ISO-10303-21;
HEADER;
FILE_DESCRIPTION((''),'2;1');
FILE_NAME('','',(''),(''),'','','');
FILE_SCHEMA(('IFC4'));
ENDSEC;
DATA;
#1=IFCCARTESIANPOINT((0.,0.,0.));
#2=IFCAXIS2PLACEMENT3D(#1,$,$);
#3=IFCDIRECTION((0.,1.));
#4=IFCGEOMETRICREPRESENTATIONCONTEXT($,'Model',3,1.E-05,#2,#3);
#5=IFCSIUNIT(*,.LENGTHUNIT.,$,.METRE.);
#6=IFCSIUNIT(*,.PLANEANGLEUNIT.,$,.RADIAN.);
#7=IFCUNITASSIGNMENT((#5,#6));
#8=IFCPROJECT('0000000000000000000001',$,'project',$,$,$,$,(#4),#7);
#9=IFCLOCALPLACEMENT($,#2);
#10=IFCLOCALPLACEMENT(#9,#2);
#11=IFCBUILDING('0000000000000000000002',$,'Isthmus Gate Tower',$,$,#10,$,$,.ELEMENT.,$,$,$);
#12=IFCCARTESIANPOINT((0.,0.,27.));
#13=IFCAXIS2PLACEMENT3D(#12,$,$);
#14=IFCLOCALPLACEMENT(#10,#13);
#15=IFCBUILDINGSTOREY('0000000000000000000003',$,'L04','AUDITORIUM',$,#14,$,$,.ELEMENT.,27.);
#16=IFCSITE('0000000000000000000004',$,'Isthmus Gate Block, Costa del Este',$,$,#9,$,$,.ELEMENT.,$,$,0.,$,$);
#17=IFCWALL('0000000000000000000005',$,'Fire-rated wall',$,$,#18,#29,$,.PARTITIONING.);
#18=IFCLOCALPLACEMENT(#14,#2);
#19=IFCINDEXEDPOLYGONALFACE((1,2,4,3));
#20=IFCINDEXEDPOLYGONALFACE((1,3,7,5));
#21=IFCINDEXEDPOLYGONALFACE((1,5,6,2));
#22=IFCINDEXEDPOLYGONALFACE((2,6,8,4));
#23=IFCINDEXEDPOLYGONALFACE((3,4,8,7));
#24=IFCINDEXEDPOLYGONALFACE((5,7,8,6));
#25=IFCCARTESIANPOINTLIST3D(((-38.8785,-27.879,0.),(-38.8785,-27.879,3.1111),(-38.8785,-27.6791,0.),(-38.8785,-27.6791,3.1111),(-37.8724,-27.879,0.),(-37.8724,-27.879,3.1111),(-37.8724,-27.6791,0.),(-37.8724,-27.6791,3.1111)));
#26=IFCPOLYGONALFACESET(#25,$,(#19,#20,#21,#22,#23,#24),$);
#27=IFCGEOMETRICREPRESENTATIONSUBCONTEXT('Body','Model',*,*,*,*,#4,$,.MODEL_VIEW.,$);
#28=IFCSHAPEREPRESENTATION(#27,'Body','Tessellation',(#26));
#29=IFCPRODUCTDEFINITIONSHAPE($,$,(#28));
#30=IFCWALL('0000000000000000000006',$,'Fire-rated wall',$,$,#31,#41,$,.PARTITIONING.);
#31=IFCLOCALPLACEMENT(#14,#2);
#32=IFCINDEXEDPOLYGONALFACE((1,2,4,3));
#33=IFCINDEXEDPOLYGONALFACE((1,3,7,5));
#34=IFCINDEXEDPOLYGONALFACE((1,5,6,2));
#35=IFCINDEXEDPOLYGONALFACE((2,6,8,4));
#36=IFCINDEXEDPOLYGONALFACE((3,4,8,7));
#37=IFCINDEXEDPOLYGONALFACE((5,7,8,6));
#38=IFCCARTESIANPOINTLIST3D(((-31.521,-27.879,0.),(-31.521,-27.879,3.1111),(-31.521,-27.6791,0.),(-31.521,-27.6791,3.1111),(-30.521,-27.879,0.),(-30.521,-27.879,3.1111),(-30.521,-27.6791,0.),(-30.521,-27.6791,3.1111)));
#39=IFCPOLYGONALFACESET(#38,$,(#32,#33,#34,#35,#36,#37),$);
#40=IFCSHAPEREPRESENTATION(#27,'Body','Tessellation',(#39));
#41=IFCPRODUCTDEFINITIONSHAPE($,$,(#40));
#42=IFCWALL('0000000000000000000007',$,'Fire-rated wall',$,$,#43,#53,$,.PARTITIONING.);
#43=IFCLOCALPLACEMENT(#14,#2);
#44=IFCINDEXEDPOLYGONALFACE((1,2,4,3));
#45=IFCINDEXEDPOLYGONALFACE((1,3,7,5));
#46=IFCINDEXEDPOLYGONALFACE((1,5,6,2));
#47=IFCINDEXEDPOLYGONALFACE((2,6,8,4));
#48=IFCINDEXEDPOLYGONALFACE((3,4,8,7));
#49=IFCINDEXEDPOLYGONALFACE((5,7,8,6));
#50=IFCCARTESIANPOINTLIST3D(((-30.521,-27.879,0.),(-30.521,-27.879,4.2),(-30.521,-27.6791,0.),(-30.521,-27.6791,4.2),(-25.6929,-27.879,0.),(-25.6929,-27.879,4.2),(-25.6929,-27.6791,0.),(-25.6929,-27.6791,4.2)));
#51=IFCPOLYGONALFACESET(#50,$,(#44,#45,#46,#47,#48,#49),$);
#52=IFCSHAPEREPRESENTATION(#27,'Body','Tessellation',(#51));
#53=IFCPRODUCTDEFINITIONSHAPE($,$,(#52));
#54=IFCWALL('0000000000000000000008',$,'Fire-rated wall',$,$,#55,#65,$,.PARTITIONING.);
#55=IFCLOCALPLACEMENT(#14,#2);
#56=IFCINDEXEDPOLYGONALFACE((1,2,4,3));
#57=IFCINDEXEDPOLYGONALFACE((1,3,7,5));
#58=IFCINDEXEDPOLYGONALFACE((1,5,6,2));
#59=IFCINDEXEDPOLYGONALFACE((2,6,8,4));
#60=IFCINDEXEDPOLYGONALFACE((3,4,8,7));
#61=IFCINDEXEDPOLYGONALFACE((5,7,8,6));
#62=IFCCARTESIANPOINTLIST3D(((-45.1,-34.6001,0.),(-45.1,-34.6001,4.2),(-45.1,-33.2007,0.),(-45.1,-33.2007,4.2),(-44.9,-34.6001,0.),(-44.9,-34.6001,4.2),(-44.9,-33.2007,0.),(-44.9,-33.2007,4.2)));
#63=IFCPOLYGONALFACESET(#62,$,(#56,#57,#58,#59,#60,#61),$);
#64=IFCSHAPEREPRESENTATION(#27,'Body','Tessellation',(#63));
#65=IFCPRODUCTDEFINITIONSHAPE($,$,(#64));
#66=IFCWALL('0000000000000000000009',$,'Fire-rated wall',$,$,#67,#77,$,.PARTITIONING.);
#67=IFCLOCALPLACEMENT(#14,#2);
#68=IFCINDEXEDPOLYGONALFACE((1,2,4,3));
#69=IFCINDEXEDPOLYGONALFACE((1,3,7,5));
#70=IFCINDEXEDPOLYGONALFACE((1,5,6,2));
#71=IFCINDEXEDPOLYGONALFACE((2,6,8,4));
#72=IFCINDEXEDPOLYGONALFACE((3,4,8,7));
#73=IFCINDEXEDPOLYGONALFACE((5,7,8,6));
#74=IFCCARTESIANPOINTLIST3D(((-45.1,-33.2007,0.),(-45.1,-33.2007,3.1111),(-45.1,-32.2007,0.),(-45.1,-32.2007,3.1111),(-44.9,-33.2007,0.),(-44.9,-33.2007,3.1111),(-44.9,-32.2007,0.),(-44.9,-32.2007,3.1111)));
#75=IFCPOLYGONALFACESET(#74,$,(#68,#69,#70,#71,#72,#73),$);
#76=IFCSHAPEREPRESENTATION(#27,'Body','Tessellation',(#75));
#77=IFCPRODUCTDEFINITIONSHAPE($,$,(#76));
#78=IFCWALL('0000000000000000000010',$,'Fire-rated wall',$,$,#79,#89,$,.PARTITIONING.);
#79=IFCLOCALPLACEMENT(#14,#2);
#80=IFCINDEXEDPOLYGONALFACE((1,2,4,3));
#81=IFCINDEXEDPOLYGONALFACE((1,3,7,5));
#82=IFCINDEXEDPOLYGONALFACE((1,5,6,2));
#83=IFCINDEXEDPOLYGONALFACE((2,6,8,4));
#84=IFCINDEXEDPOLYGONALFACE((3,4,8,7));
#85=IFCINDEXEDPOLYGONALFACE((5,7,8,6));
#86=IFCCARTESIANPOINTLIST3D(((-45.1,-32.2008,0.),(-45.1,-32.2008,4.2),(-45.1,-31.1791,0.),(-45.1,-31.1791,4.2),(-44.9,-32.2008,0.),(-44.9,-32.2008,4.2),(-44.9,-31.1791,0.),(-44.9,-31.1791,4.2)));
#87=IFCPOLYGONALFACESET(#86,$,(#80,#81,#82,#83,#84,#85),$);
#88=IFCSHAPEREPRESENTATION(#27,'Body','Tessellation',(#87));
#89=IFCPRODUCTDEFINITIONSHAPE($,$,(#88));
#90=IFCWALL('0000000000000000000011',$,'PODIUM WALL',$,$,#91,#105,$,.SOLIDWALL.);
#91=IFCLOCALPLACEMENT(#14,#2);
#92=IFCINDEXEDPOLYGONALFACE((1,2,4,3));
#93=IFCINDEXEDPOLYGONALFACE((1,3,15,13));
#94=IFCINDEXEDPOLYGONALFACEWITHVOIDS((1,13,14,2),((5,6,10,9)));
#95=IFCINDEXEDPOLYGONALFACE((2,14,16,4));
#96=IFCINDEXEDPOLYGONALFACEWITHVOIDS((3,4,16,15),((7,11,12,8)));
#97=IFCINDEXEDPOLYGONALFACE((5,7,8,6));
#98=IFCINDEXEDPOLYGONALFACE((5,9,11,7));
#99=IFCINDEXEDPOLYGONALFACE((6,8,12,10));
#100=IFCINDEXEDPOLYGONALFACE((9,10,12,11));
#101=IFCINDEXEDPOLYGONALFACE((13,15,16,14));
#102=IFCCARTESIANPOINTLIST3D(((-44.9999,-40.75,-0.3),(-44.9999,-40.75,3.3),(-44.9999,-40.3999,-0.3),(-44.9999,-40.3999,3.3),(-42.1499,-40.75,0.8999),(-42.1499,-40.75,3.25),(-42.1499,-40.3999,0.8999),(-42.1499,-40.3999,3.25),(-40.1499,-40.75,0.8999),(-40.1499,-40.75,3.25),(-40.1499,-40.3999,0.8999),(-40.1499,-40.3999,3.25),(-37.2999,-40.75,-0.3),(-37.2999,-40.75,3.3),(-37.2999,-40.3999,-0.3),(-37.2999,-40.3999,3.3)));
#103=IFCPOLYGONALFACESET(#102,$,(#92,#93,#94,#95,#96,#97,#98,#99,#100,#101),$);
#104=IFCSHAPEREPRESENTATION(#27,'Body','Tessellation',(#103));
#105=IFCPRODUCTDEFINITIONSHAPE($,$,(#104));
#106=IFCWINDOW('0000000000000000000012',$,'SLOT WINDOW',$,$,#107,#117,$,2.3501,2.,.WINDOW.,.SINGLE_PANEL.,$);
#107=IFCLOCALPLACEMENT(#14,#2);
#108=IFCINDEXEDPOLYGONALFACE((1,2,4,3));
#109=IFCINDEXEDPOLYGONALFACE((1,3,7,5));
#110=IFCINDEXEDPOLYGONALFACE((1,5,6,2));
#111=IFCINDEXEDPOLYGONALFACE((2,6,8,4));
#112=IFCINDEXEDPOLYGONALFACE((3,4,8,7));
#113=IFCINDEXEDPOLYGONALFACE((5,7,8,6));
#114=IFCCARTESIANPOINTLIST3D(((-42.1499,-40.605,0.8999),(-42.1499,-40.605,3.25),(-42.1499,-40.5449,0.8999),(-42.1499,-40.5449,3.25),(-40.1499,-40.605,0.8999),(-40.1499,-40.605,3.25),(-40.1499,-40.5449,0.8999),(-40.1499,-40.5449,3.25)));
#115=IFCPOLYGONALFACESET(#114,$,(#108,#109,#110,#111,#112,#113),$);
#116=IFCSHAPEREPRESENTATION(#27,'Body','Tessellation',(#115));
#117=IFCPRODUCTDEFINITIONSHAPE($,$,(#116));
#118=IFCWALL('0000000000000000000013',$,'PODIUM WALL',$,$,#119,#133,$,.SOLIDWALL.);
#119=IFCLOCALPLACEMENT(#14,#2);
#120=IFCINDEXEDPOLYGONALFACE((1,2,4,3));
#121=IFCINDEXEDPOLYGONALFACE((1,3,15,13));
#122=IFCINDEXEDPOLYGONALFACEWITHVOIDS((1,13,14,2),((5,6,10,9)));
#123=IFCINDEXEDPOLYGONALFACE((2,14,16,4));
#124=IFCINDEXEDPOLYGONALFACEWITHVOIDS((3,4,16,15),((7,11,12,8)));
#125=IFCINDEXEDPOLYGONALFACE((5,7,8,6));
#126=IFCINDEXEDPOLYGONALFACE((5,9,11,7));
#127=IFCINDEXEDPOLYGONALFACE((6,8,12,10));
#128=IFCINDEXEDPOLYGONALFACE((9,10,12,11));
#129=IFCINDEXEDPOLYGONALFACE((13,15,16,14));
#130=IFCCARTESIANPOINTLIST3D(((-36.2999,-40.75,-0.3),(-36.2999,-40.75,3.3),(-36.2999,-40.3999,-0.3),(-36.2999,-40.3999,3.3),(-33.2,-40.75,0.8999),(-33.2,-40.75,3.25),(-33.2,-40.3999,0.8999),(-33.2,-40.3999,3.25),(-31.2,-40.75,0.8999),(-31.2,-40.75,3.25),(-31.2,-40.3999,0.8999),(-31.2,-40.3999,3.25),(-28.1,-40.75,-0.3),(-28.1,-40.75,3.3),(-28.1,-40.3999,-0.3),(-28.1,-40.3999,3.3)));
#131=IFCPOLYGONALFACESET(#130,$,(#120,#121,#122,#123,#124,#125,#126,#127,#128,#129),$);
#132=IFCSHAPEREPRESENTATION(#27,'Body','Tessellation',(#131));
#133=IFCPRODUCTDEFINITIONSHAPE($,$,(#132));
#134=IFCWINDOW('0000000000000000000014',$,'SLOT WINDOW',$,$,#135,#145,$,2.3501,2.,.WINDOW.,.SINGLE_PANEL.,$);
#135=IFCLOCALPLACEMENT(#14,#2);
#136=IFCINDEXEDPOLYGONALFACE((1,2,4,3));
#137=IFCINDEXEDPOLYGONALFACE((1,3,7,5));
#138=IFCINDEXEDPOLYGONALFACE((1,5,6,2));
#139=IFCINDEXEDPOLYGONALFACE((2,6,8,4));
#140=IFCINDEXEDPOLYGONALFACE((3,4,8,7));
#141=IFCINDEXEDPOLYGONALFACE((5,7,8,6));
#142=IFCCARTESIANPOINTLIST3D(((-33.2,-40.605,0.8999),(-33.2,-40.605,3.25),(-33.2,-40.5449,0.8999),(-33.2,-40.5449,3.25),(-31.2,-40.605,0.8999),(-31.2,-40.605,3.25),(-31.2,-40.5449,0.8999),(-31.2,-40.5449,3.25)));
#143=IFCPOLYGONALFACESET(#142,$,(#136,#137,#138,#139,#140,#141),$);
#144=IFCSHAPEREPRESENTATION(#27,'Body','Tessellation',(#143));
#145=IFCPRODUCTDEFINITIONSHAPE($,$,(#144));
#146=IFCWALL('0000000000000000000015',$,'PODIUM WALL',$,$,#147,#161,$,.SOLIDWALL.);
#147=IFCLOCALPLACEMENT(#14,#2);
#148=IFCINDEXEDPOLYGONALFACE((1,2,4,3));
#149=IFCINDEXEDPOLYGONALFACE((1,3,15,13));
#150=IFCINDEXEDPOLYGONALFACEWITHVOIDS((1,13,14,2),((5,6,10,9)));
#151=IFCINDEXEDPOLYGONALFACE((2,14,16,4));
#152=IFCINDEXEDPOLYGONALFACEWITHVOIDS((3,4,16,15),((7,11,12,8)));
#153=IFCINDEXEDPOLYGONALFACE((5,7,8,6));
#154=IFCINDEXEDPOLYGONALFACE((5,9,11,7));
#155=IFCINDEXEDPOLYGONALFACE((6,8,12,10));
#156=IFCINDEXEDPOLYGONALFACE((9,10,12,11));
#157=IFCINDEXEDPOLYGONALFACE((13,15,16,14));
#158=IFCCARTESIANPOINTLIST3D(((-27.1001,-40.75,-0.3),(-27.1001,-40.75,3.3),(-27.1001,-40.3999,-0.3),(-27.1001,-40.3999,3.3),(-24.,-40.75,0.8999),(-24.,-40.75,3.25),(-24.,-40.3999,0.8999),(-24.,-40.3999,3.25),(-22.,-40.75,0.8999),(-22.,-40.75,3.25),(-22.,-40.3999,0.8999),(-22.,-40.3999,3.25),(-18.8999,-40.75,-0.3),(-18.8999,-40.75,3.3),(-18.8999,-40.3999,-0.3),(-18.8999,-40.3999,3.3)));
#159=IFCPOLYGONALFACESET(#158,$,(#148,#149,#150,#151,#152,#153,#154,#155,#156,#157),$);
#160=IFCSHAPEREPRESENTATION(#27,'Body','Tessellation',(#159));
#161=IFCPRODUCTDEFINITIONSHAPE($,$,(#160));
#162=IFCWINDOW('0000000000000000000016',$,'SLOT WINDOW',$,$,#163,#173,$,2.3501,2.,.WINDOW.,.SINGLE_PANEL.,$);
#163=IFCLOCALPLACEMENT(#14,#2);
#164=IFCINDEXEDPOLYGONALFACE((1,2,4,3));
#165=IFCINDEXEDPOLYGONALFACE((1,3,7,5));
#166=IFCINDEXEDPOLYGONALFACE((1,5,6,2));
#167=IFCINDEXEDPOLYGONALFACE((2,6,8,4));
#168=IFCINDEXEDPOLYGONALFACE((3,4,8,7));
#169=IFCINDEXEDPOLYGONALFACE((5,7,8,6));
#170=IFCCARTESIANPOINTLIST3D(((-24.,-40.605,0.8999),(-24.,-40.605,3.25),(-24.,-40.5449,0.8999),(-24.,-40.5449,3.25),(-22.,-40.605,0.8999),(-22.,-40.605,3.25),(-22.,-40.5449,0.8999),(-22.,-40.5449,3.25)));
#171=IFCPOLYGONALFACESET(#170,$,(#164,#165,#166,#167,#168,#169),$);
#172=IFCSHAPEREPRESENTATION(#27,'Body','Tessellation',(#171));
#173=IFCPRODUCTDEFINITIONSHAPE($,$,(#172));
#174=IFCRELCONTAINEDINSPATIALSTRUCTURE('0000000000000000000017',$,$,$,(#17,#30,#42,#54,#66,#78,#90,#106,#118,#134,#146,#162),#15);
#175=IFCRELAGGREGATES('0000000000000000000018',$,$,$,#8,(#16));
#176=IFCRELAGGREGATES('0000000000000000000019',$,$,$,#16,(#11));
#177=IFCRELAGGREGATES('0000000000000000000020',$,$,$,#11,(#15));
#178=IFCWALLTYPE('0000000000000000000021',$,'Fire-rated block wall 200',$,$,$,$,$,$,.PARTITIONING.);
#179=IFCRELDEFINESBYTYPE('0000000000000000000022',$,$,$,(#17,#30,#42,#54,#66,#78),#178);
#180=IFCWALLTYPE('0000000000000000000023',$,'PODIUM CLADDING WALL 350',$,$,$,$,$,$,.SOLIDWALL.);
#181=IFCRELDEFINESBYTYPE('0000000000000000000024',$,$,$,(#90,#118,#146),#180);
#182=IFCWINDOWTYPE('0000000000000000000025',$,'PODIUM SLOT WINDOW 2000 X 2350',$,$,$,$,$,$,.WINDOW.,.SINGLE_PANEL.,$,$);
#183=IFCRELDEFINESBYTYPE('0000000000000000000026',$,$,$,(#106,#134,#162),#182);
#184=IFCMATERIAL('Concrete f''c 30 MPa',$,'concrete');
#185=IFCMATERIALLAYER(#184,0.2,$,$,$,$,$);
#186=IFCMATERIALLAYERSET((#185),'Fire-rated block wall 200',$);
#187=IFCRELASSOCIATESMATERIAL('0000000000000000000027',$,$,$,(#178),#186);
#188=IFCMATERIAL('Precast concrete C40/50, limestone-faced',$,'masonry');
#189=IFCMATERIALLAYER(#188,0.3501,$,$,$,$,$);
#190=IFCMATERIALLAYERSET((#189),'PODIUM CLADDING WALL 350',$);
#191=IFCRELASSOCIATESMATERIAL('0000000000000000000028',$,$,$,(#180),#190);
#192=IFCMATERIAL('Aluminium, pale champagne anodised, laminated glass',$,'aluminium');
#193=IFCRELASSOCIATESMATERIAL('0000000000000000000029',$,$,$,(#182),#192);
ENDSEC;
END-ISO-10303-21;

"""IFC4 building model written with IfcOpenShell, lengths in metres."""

from ifc_helpers import new_model, si_unit, direction, frame, frame_2d, origin, place, context, subcontext, project, spatial, rectangle, extrude, material, layer, layer_set, type_object, element, fill, save


model = new_model("IFC4")

# Units and contexts
model_context = context("Model", 3, precision=1e-05, world=origin(), true_north=direction((0.0, 1.0)))
body_context = subcontext(model_context, "Body", "Model", "MODEL_VIEW")
ifc_project = project(units=[si_unit("LENGTHUNIT", "METRE"), si_unit("PLANEANGLEUNIT", "RADIAN")], contexts=[model_context])

# Site, building, storey
site_placement = place(None, origin())
site = spatial("IfcSite", under=ifc_project, at=site_placement, Name="Isthmus Gate Block, Costa del Este", CompositionType="ELEMENT", RefElevation=0.0)
building_placement = place(site_placement, origin())
building = spatial("IfcBuilding", under=site, at=building_placement, Name="Isthmus Gate Tower", CompositionType="ELEMENT")
storey_placement = place(building_placement, frame((0.0, 0.0, 27.0)))
storey = spatial("IfcBuildingStorey", under=building, at=storey_placement, Name="L04", Description="AUDITORIUM", CompositionType="ELEMENT", Elevation=27.0)

# Shared definitions
ifc_material_1 = material(Name="Concrete f'c 30 MPa", Category="concrete")
ifc_layer_1 = layer(ifc_material_1, 0.2)
ifc_layer_set_1 = layer_set([ifc_layer_1], Name="Fire-rated block wall 200")
wall_type_1 = type_object("IfcWallType", Name="Fire-rated block wall 200", PredefinedType="PARTITIONING", material=ifc_layer_set_1)

# Wall
wall_1_placement = place(storey_placement, frame((-38.8784, -27.7791, 0.0), z_axis=(0.0, 0.0, 1.0), x_axis=(1.0, 0.0, 0.0)))
element("IfcWall", 1, at=wall_1_placement, inside=storey, type_object=wall_type_1, Name="Fire-rated wall", PredefinedType="PARTITIONING", context=body_context, shape_type="SweptSolid", body=[
    extrude(rectangle(XDim=1.0061, YDim=0.2, at=frame_2d((0.5029, 0.0))), origin(), (0.0, 0.0, 1.0), 3.1111),
])

# Walls
wall_2_placement = place(storey_placement, frame((-31.521, -27.7791, 0.0), z_axis=(0.0, 0.0, 1.0), x_axis=(1.0, 0.0, 0.0)))
element("IfcWall", 2, at=wall_2_placement, inside=storey, type_object=wall_type_1, Name="Fire-rated wall", PredefinedType="PARTITIONING", context=body_context, shape_type="SweptSolid", body=[
    extrude(rectangle(XDim=1.0, YDim=0.2, at=frame_2d((0.5, 0.0))), origin(), (0.0, 0.0, 1.0), 3.1111),
])
wall_3_placement = place(storey_placement, frame((-30.521, -27.7791, 0.0), z_axis=(0.0, 0.0, 1.0), x_axis=(1.0, 0.0, 0.0)))
element("IfcWall", 3, at=wall_3_placement, inside=storey, type_object=wall_type_1, Name="Fire-rated wall", PredefinedType="PARTITIONING", context=body_context, shape_type="SweptSolid", body=[
    extrude(rectangle(XDim=4.8281, YDim=0.2, at=frame_2d((2.4141, 0.0))), origin(), (0.0, 0.0, 1.0), 4.2),
])
wall_4_placement = place(storey_placement, frame((-45.0, -34.6001, 0.0), z_axis=(0.0, 0.0, 1.0), x_axis=(0.0, 1.0, 0.0)))
element("IfcWall", 4, at=wall_4_placement, inside=storey, type_object=wall_type_1, Name="Fire-rated wall", PredefinedType="PARTITIONING", context=body_context, shape_type="SweptSolid", body=[
    extrude(rectangle(XDim=1.3994, YDim=0.2, at=frame_2d((0.6997, 0.0))), origin(), (0.0, 0.0, 1.0), 4.2),
])
wall_5_placement = place(storey_placement, frame((-45.0, -33.2007, 0.0), z_axis=(0.0, 0.0, 1.0), x_axis=(0.0, 1.0, 0.0)))
element("IfcWall", 5, at=wall_5_placement, inside=storey, type_object=wall_type_1, Name="Fire-rated wall", PredefinedType="PARTITIONING", context=body_context, shape_type="SweptSolid", body=[
    extrude(rectangle(XDim=1.0, YDim=0.2, at=frame_2d((0.5, 0.0))), origin(), (0.0, 0.0, 1.0), 3.1111),
])
wall_6_placement = place(storey_placement, frame((-45.0, -32.2007, 0.0), z_axis=(0.0, 0.0, 1.0), x_axis=(0.0, 1.0, 0.0)))
element("IfcWall", 6, at=wall_6_placement, inside=storey, type_object=wall_type_1, Name="Fire-rated wall", PredefinedType="PARTITIONING", context=body_context, shape_type="SweptSolid", body=[
    extrude(rectangle(XDim=1.0217, YDim=0.2, at=frame_2d((0.5107, 0.0))), origin(), (0.0, 0.0, 1.0), 4.2),
])

# Walls, openings, windows
ifc_material_2 = material(Name="Precast concrete C40/50, limestone-faced", Category="masonry")
ifc_layer_2 = layer(ifc_material_2, 0.3501)
ifc_layer_set_2 = layer_set([ifc_layer_2], Name="PODIUM CLADDING WALL 350")
wall_type_2 = type_object("IfcWallType", Name="PODIUM CLADDING WALL 350", PredefinedType="SOLIDWALL", material=ifc_layer_set_2)
wall_7_placement = place(storey_placement, frame((-45.0, -40.575, -0.3), z_axis=(0.0, 0.0, 1.0), x_axis=(1.0, 0.0, 0.0)))
wall_7 = element("IfcWall", 7, at=wall_7_placement, inside=storey, type_object=wall_type_2, Name="PODIUM WALL", PredefinedType="SOLIDWALL", context=body_context, shape_type="SweptSolid", body=[
    extrude(rectangle(XDim=7.7, YDim=0.3501, at=frame_2d((3.8501, 0.0))), origin(), (0.0, 0.0, 1.0), 3.6001),
])
opening_1_placement = place(wall_7_placement, frame((2.8501, 0.0, 1.2)))
opening_1 = element("IfcOpeningElement", 8, at=opening_1_placement, cuts=wall_7, PredefinedType="OPENING", context=body_context, shape_type="SweptSolid", body=[
    extrude(rectangle(XDim=2.0, YDim=2.3501, at=frame_2d((1.0, 1.175))), frame((0.0, 0.1851, 0.0), z_axis=(0.0, -1.0, 0.0), x_axis=(1.0, 0.0, 0.0)), (0.0, 0.0, 1.0), 0.3701),
])
ifc_material_3 = material(Name="Aluminium, pale champagne anodised, laminated glass", Category="aluminium")
window_type = type_object("IfcWindowType", Name="PODIUM SLOT WINDOW 2000 X 2350", PartitioningType="SINGLE_PANEL", PredefinedType="WINDOW", material=ifc_material_3)
window_1_placement = place(opening_1_placement, origin())
window_1 = element("IfcWindow", 9, at=window_1_placement, inside=storey, type_object=window_type, Name="SLOT WINDOW", OverallHeight=2.3501, OverallWidth=2.0, PartitioningType="SINGLE_PANEL", PredefinedType="WINDOW", context=body_context, shape_type="SweptSolid", body=[
    extrude(rectangle(XDim=2.0, YDim=2.3501, at=frame_2d((1.0, 1.175))), frame((0.0, 0.03, 0.0), z_axis=(0.0, -1.0, 0.0), x_axis=(1.0, 0.0, 0.0)), (0.0, 0.0, 1.0), 0.0601),
])
fill(opening_1, window_1)
wall_8_placement = place(storey_placement, frame((-36.3, -40.575, -0.3), z_axis=(0.0, 0.0, 1.0), x_axis=(1.0, 0.0, 0.0)))
wall_8 = element("IfcWall", 10, at=wall_8_placement, inside=storey, type_object=wall_type_2, Name="PODIUM WALL", PredefinedType="SOLIDWALL", context=body_context, shape_type="SweptSolid", body=[
    extrude(rectangle(XDim=8.2, YDim=0.3501, at=frame_2d((4.1001, 0.0))), origin(), (0.0, 0.0, 1.0), 3.6001),
])
opening_2_placement = place(wall_8_placement, frame((3.1001, 0.0, 1.2)))
opening_2 = element("IfcOpeningElement", 11, at=opening_2_placement, cuts=wall_8, PredefinedType="OPENING", context=body_context, shape_type="SweptSolid", body=[
    extrude(rectangle(XDim=2.0, YDim=2.3501, at=frame_2d((1.0, 1.175))), frame((0.0, 0.1851, 0.0), z_axis=(0.0, -1.0, 0.0), x_axis=(1.0, 0.0, 0.0)), (0.0, 0.0, 1.0), 0.3701),
])
window_2_placement = place(opening_2_placement, origin())
window_2 = element("IfcWindow", 12, at=window_2_placement, inside=storey, type_object=window_type, Name="SLOT WINDOW", OverallHeight=2.3501, OverallWidth=2.0, PartitioningType="SINGLE_PANEL", PredefinedType="WINDOW", context=body_context, shape_type="SweptSolid", body=[
    extrude(rectangle(XDim=2.0, YDim=2.3501, at=frame_2d((1.0, 1.175))), frame((0.0, 0.03, 0.0), z_axis=(0.0, -1.0, 0.0), x_axis=(1.0, 0.0, 0.0)), (0.0, 0.0, 1.0), 0.0601),
])
fill(opening_2, window_2)
wall_9_placement = place(storey_placement, frame((-27.1001, -40.575, -0.3), z_axis=(0.0, 0.0, 1.0), x_axis=(1.0, 0.0, 0.0)))
wall_9 = element("IfcWall", 13, at=wall_9_placement, inside=storey, type_object=wall_type_2, Name="PODIUM WALL", PredefinedType="SOLIDWALL", context=body_context, shape_type="SweptSolid", body=[
    extrude(rectangle(XDim=8.2002, YDim=0.3501, at=frame_2d((4.1001, 0.0))), origin(), (0.0, 0.0, 1.0), 3.6001),
])
opening_3_placement = place(wall_9_placement, frame((3.1001, 0.0, 1.2)))
opening_3 = element("IfcOpeningElement", 14, at=opening_3_placement, cuts=wall_9, PredefinedType="OPENING", context=body_context, shape_type="SweptSolid", body=[
    extrude(rectangle(XDim=2.0, YDim=2.3501, at=frame_2d((1.0, 1.175))), frame((0.0, 0.1851, 0.0), z_axis=(0.0, -1.0, 0.0), x_axis=(1.0, 0.0, 0.0)), (0.0, 0.0, 1.0), 0.3701),
])
window_3_placement = place(opening_3_placement, origin())
window_3 = element("IfcWindow", 15, at=window_3_placement, inside=storey, type_object=window_type, Name="SLOT WINDOW", OverallHeight=2.3501, OverallWidth=2.0, PartitioningType="SINGLE_PANEL", PredefinedType="WINDOW", context=body_context, shape_type="SweptSolid", body=[
    extrude(rectangle(XDim=2.0, YDim=2.3501, at=frame_2d((1.0, 1.175))), frame((0.0, 0.03, 0.0), z_axis=(0.0, -1.0, 0.0), x_axis=(1.0, 0.0, 0.0)), (0.0, 0.0, 1.0), 0.0601),
])
fill(opening_3, window_3)

save(model, "model.ifc")
